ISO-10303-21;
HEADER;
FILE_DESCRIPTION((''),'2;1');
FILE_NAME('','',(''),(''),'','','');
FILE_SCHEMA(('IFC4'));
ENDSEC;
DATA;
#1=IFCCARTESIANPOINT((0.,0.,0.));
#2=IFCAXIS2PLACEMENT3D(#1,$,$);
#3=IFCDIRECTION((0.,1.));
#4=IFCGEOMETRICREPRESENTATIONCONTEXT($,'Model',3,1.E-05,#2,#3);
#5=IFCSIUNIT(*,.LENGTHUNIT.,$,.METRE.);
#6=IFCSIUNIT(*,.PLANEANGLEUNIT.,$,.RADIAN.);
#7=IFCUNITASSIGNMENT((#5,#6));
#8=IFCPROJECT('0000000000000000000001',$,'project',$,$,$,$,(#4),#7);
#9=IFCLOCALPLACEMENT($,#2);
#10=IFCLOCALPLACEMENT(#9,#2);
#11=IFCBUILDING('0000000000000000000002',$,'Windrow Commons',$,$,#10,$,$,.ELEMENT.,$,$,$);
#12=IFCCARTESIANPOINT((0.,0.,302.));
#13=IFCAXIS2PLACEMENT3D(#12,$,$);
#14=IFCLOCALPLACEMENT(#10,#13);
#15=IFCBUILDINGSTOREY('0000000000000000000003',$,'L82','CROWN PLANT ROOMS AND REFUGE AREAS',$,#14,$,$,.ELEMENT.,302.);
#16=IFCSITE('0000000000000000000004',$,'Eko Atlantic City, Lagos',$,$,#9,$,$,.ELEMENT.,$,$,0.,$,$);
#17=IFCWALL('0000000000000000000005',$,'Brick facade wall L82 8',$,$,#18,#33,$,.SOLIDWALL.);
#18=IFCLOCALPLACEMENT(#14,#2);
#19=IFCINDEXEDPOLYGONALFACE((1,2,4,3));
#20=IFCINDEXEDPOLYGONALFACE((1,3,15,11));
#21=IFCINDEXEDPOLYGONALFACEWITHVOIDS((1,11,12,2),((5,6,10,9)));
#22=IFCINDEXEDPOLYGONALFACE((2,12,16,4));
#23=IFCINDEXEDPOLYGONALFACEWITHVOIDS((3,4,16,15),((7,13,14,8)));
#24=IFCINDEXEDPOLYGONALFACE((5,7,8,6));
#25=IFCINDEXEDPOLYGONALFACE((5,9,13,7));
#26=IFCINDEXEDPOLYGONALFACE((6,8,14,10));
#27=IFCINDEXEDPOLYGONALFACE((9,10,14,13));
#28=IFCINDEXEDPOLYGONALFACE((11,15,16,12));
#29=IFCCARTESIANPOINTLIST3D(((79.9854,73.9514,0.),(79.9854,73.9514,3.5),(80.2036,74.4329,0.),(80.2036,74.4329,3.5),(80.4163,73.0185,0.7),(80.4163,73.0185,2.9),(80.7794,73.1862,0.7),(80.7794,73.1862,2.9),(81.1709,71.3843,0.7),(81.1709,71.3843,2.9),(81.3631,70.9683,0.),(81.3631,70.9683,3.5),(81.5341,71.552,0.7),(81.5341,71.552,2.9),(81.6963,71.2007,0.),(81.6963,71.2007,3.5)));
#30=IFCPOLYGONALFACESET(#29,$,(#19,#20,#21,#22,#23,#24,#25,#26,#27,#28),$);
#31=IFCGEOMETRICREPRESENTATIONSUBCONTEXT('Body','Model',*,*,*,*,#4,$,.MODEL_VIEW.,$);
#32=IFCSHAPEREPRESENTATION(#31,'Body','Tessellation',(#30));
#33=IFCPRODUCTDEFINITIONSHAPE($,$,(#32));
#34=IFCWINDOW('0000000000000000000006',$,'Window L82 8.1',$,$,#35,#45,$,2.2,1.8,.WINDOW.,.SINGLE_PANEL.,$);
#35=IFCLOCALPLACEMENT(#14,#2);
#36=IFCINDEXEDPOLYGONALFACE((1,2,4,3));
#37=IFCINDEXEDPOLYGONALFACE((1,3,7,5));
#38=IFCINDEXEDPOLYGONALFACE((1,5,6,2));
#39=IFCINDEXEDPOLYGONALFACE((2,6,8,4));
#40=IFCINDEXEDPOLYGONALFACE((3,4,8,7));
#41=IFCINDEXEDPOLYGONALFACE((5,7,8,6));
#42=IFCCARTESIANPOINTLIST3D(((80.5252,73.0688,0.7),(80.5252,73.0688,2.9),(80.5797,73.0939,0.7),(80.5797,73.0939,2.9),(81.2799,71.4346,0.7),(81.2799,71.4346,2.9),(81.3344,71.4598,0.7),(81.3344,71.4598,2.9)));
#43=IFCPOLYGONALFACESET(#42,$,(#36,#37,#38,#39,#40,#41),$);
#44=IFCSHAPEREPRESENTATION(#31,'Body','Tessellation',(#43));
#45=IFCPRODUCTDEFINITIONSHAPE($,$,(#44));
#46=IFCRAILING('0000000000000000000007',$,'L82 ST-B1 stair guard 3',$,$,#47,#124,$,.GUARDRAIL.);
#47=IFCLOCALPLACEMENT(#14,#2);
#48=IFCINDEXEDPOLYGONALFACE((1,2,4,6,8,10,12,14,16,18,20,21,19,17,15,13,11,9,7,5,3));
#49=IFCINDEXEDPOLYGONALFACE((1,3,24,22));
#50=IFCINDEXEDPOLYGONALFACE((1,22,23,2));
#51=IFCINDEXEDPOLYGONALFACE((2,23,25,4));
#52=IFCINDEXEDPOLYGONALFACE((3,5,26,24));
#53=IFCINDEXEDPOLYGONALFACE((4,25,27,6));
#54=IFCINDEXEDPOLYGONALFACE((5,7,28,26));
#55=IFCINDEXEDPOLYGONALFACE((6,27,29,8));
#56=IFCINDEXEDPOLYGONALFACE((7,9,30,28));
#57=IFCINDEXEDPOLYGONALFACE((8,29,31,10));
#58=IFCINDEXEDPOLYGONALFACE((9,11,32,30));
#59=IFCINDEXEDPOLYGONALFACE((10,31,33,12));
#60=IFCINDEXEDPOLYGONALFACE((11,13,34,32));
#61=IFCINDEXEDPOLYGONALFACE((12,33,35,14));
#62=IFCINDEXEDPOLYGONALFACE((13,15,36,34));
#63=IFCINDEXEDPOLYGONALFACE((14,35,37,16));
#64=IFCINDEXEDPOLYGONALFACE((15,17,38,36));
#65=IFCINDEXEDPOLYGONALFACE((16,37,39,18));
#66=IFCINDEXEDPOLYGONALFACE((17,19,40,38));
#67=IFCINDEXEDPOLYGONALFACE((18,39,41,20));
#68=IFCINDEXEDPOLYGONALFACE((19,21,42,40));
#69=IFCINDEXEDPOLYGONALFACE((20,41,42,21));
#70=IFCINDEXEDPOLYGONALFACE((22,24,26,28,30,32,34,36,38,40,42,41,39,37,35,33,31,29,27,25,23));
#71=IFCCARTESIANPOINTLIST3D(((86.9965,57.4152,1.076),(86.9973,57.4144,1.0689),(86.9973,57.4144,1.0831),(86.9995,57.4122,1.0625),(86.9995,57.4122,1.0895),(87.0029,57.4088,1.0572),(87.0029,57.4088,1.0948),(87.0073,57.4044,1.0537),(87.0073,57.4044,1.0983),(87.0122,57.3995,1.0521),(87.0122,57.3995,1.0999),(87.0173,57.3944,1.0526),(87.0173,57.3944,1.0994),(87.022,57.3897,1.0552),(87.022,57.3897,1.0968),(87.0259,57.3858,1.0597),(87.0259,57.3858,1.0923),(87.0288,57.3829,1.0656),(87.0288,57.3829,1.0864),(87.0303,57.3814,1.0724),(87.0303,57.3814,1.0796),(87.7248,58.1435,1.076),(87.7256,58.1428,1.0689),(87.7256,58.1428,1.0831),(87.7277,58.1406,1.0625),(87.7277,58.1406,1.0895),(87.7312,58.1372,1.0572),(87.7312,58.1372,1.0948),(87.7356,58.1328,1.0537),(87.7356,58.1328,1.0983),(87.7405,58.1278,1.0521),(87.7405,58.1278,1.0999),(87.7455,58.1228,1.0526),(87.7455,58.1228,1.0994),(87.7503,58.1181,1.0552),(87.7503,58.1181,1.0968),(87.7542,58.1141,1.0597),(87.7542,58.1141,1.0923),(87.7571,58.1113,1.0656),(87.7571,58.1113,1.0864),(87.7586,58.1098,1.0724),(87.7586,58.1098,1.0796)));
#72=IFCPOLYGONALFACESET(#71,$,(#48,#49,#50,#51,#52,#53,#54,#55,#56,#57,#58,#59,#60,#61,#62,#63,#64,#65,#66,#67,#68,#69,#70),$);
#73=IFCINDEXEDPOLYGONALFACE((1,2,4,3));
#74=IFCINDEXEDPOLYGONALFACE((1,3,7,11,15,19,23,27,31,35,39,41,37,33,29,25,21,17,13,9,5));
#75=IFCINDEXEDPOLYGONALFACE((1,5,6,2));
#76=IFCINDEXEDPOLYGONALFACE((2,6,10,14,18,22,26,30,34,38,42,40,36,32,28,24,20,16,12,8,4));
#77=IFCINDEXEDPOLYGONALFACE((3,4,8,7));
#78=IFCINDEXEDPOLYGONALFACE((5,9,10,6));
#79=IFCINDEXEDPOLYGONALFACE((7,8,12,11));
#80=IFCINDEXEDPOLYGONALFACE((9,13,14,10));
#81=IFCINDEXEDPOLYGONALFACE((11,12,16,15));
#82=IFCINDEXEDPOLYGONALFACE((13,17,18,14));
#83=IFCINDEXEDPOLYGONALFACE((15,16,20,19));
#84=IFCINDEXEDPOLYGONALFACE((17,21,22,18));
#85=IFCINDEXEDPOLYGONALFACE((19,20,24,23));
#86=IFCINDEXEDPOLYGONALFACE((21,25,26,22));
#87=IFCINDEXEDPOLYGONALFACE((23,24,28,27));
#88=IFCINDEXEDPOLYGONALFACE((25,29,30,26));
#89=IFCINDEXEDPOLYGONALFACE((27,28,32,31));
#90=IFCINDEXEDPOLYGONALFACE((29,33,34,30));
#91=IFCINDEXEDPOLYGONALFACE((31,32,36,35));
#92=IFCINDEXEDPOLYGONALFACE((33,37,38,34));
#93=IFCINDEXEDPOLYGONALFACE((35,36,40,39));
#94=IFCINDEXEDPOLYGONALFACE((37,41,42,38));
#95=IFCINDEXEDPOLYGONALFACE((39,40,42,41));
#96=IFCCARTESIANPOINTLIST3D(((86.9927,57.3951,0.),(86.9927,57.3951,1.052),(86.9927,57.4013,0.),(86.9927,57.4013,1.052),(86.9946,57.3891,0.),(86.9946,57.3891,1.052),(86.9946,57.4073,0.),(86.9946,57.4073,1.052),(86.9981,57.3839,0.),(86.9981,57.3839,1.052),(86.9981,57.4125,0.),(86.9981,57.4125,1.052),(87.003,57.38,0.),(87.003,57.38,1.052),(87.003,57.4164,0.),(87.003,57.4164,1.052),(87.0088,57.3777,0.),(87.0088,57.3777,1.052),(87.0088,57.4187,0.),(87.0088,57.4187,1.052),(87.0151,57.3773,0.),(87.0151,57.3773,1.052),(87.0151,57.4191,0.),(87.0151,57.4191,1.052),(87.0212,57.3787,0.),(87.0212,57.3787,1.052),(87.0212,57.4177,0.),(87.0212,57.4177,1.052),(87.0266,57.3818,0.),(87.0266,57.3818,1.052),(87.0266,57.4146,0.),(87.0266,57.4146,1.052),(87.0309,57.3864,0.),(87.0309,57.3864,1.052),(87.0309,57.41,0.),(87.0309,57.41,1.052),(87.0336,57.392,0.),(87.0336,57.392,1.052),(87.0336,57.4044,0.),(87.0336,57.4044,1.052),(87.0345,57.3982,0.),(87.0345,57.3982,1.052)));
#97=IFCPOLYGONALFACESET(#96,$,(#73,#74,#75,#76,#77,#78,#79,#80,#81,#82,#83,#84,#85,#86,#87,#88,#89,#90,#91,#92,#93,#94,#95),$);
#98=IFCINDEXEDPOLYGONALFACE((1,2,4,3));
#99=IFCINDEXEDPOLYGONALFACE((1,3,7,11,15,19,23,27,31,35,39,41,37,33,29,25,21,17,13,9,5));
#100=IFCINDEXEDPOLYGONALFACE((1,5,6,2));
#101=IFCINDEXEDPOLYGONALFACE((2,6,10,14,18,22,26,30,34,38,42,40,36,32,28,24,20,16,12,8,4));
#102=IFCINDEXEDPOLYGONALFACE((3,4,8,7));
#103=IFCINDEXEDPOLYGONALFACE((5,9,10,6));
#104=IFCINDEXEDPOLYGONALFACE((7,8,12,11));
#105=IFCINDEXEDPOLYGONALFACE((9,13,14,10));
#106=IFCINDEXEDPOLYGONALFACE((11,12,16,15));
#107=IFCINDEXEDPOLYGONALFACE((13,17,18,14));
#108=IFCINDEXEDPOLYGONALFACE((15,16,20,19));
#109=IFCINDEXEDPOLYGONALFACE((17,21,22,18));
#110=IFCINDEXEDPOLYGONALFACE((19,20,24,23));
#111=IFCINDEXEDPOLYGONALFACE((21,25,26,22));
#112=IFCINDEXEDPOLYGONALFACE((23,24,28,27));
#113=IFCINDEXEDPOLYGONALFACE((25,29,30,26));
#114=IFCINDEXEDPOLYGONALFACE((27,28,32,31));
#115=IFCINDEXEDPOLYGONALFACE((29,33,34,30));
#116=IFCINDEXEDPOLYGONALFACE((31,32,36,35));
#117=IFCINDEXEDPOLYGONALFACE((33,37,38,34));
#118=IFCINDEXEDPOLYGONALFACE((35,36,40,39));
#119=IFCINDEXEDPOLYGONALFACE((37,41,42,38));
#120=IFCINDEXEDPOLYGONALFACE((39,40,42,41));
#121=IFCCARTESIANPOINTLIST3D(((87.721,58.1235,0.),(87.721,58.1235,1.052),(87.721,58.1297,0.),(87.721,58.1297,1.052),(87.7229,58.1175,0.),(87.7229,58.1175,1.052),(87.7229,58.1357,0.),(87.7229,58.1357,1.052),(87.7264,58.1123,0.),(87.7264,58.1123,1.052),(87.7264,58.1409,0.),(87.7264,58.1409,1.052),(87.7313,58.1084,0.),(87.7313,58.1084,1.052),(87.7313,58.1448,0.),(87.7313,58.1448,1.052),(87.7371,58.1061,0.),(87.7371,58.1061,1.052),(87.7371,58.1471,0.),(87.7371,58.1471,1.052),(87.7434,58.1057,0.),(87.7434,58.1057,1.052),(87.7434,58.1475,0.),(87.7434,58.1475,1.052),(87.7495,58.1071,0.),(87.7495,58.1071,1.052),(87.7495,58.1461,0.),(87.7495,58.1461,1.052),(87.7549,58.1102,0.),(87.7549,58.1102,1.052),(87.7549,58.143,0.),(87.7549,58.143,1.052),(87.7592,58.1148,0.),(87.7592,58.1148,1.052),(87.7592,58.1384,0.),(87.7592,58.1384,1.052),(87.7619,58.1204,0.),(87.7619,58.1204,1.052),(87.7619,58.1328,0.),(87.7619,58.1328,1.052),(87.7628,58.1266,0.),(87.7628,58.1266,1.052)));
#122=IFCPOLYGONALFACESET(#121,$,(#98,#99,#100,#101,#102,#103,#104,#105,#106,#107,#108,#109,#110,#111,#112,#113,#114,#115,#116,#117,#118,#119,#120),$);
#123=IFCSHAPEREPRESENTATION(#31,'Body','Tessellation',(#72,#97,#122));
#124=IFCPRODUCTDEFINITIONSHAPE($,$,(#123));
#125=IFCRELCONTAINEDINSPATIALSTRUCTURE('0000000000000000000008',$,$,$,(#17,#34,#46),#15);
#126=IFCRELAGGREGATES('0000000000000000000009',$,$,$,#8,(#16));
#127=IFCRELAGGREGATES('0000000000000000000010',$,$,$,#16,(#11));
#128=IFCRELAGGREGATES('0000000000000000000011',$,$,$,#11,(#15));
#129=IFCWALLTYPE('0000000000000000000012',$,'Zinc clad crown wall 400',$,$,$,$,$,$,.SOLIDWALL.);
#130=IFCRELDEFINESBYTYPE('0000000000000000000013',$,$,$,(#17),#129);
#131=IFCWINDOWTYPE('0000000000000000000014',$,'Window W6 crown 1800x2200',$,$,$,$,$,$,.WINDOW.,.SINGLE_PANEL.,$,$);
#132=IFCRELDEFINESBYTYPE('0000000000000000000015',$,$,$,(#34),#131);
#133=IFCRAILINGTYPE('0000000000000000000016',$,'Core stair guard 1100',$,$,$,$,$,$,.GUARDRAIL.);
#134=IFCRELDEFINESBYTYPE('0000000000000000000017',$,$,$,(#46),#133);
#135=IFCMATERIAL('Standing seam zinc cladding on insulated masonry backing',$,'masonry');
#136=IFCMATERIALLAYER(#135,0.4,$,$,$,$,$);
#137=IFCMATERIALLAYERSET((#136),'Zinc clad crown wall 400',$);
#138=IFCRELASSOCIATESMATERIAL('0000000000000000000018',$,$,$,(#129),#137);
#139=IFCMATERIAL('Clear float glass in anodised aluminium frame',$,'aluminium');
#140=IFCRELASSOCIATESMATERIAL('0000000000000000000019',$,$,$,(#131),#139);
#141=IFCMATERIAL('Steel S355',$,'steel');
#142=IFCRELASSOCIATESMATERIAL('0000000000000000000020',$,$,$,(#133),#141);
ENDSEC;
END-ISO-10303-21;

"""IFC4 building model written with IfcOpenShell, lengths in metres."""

from ifc_helpers import new_model, si_unit, direction, frame, frame_2d, origin, origin_2d, place, context, subcontext, project, spatial, polyline, rectangle, circle, outline, extrude, material, layer, layer_set, type_object, element, fill, save


model = new_model("IFC4")

# Units and contexts
model_context = context("Model", 3, precision=1e-05, world=origin(), true_north=direction((0.0, 1.0)))
body_context = subcontext(model_context, "Body", "Model", "MODEL_VIEW")
ifc_project = project(units=[si_unit("LENGTHUNIT", "METRE"), si_unit("PLANEANGLEUNIT", "RADIAN")], contexts=[model_context])

# Site, building, storey
site_placement = place(None, origin())
site = spatial("IfcSite", under=ifc_project, at=site_placement, Name="Eko Atlantic City, Lagos", CompositionType="ELEMENT", RefElevation=0.0)
building_placement = place(site_placement, origin())
building = spatial("IfcBuilding", under=site, at=building_placement, Name="Windrow Commons", CompositionType="ELEMENT")
storey_placement = place(building_placement, frame((0.0, 0.0, 302.0)))
storey = spatial("IfcBuildingStorey", under=building, at=storey_placement, Name="L82", Description="CROWN PLANT ROOMS AND REFUGE AREAS", CompositionType="ELEMENT", Elevation=302.0)

# Shared definitions
ifc_material_1 = material(Name="Standing seam zinc cladding on insulated masonry backing", Category="masonry")
ifc_layer_1 = layer(ifc_material_1, 0.4)
ifc_layer_set_1 = layer_set([ifc_layer_1], Name="Zinc clad crown wall 400")
wall_type_1 = type_object("IfcWallType", Name="Zinc clad crown wall 400", PredefinedType="SOLIDWALL", material=ifc_layer_set_1)
ifc_material_2 = material(Name="Clear float glass in anodised aluminium frame", Category="aluminium")
window_type = type_object("IfcWindowType", Name="Window W6 crown 1800x2200", PartitioningType="SINGLE_PANEL", PredefinedType="WINDOW", material=ifc_material_2)

# Wall, opening, window
wall_1_placement = place(storey_placement, frame((81.5297, 71.0845, 0.0), z_axis=(0.0, 0.0, 1.0), x_axis=(-0.419269, 0.907862, 0.0)))
wall_1 = element("IfcWall", 1, at=wall_1_placement, inside=storey, type_object=wall_type_1, Name="Brick facade wall L82 8", PredefinedType="SOLIDWALL", context=body_context, shape_type="SweptSolid", body=[
    extrude(outline(polyline([(0.0356, -0.2), (3.5959, -0.2), (3.2502, 0.2), (-0.0356, 0.2), (0.0356, -0.2)])), origin(), (0.0, 0.0, 1.0), 3.5),
])
opening_1_placement = place(wall_1_placement, frame((0.4226, 0.0, 0.7)))
opening_1 = element("IfcOpeningElement", 2, at=opening_1_placement, cuts=wall_1, PredefinedType="OPENING", context=body_context, shape_type="SweptSolid", body=[
    extrude(rectangle(XDim=1.8, YDim=2.2, at=frame_2d((0.9, 1.1))), frame((0.0, 0.21, 0.0), z_axis=(0.0, -1.0, 0.0), x_axis=(1.0, 0.0, 0.0)), (0.0, 0.0, 1.0), 0.42),
])
window_1_placement = place(opening_1_placement, origin())
window_1 = element("IfcWindow", 3, at=window_1_placement, inside=storey, type_object=window_type, Name="Window L82 8.1", OverallHeight=2.2, OverallWidth=1.8, PartitioningType="SINGLE_PANEL", PredefinedType="WINDOW", context=body_context, shape_type="SweptSolid", body=[
    extrude(rectangle(XDim=1.8, YDim=2.2, at=frame_2d((0.9, 1.1))), frame((0.0, 0.08, 0.0), z_axis=(0.0, -1.0, 0.0), x_axis=(1.0, 0.0, 0.0)), (0.0, 0.0, 1.0), 0.06),
])
fill(opening_1, window_1)

# Railing
ifc_material_3 = material(Name="Steel S355", Category="steel")
railing_type = type_object("IfcRailingType", Name="Core stair guard 1100", PredefinedType="GUARDRAIL", material=ifc_material_3)
railing_placement = place(storey_placement, frame((87.0135, 57.3982, 0.0)))
element("IfcRailing", 4, at=railing_placement, inside=storey, type_object=railing_type, Name="L82 ST-B1 stair guard 3", PredefinedType="GUARDRAIL", context=body_context, shape_type="SweptSolid", body=[
    extrude(circle(Radius=0.024, at=origin_2d()), frame((0.0, 0.0, 1.076), z_axis=(0.707058, 0.707155, 0.0), x_axis=(-0.707155, 0.707058, 0.0)), (0.0, 0.0, 1.0), 1.03),
    extrude(circle(Radius=0.021, at=origin_2d()), origin(), (0.0, 0.0, 1.0), 1.052),
    extrude(circle(Radius=0.021, at=origin_2d()), frame((0.7283, 0.7284, 0.0)), (0.0, 0.0, 1.0), 1.052),
])

save(model, "model.ifc")
